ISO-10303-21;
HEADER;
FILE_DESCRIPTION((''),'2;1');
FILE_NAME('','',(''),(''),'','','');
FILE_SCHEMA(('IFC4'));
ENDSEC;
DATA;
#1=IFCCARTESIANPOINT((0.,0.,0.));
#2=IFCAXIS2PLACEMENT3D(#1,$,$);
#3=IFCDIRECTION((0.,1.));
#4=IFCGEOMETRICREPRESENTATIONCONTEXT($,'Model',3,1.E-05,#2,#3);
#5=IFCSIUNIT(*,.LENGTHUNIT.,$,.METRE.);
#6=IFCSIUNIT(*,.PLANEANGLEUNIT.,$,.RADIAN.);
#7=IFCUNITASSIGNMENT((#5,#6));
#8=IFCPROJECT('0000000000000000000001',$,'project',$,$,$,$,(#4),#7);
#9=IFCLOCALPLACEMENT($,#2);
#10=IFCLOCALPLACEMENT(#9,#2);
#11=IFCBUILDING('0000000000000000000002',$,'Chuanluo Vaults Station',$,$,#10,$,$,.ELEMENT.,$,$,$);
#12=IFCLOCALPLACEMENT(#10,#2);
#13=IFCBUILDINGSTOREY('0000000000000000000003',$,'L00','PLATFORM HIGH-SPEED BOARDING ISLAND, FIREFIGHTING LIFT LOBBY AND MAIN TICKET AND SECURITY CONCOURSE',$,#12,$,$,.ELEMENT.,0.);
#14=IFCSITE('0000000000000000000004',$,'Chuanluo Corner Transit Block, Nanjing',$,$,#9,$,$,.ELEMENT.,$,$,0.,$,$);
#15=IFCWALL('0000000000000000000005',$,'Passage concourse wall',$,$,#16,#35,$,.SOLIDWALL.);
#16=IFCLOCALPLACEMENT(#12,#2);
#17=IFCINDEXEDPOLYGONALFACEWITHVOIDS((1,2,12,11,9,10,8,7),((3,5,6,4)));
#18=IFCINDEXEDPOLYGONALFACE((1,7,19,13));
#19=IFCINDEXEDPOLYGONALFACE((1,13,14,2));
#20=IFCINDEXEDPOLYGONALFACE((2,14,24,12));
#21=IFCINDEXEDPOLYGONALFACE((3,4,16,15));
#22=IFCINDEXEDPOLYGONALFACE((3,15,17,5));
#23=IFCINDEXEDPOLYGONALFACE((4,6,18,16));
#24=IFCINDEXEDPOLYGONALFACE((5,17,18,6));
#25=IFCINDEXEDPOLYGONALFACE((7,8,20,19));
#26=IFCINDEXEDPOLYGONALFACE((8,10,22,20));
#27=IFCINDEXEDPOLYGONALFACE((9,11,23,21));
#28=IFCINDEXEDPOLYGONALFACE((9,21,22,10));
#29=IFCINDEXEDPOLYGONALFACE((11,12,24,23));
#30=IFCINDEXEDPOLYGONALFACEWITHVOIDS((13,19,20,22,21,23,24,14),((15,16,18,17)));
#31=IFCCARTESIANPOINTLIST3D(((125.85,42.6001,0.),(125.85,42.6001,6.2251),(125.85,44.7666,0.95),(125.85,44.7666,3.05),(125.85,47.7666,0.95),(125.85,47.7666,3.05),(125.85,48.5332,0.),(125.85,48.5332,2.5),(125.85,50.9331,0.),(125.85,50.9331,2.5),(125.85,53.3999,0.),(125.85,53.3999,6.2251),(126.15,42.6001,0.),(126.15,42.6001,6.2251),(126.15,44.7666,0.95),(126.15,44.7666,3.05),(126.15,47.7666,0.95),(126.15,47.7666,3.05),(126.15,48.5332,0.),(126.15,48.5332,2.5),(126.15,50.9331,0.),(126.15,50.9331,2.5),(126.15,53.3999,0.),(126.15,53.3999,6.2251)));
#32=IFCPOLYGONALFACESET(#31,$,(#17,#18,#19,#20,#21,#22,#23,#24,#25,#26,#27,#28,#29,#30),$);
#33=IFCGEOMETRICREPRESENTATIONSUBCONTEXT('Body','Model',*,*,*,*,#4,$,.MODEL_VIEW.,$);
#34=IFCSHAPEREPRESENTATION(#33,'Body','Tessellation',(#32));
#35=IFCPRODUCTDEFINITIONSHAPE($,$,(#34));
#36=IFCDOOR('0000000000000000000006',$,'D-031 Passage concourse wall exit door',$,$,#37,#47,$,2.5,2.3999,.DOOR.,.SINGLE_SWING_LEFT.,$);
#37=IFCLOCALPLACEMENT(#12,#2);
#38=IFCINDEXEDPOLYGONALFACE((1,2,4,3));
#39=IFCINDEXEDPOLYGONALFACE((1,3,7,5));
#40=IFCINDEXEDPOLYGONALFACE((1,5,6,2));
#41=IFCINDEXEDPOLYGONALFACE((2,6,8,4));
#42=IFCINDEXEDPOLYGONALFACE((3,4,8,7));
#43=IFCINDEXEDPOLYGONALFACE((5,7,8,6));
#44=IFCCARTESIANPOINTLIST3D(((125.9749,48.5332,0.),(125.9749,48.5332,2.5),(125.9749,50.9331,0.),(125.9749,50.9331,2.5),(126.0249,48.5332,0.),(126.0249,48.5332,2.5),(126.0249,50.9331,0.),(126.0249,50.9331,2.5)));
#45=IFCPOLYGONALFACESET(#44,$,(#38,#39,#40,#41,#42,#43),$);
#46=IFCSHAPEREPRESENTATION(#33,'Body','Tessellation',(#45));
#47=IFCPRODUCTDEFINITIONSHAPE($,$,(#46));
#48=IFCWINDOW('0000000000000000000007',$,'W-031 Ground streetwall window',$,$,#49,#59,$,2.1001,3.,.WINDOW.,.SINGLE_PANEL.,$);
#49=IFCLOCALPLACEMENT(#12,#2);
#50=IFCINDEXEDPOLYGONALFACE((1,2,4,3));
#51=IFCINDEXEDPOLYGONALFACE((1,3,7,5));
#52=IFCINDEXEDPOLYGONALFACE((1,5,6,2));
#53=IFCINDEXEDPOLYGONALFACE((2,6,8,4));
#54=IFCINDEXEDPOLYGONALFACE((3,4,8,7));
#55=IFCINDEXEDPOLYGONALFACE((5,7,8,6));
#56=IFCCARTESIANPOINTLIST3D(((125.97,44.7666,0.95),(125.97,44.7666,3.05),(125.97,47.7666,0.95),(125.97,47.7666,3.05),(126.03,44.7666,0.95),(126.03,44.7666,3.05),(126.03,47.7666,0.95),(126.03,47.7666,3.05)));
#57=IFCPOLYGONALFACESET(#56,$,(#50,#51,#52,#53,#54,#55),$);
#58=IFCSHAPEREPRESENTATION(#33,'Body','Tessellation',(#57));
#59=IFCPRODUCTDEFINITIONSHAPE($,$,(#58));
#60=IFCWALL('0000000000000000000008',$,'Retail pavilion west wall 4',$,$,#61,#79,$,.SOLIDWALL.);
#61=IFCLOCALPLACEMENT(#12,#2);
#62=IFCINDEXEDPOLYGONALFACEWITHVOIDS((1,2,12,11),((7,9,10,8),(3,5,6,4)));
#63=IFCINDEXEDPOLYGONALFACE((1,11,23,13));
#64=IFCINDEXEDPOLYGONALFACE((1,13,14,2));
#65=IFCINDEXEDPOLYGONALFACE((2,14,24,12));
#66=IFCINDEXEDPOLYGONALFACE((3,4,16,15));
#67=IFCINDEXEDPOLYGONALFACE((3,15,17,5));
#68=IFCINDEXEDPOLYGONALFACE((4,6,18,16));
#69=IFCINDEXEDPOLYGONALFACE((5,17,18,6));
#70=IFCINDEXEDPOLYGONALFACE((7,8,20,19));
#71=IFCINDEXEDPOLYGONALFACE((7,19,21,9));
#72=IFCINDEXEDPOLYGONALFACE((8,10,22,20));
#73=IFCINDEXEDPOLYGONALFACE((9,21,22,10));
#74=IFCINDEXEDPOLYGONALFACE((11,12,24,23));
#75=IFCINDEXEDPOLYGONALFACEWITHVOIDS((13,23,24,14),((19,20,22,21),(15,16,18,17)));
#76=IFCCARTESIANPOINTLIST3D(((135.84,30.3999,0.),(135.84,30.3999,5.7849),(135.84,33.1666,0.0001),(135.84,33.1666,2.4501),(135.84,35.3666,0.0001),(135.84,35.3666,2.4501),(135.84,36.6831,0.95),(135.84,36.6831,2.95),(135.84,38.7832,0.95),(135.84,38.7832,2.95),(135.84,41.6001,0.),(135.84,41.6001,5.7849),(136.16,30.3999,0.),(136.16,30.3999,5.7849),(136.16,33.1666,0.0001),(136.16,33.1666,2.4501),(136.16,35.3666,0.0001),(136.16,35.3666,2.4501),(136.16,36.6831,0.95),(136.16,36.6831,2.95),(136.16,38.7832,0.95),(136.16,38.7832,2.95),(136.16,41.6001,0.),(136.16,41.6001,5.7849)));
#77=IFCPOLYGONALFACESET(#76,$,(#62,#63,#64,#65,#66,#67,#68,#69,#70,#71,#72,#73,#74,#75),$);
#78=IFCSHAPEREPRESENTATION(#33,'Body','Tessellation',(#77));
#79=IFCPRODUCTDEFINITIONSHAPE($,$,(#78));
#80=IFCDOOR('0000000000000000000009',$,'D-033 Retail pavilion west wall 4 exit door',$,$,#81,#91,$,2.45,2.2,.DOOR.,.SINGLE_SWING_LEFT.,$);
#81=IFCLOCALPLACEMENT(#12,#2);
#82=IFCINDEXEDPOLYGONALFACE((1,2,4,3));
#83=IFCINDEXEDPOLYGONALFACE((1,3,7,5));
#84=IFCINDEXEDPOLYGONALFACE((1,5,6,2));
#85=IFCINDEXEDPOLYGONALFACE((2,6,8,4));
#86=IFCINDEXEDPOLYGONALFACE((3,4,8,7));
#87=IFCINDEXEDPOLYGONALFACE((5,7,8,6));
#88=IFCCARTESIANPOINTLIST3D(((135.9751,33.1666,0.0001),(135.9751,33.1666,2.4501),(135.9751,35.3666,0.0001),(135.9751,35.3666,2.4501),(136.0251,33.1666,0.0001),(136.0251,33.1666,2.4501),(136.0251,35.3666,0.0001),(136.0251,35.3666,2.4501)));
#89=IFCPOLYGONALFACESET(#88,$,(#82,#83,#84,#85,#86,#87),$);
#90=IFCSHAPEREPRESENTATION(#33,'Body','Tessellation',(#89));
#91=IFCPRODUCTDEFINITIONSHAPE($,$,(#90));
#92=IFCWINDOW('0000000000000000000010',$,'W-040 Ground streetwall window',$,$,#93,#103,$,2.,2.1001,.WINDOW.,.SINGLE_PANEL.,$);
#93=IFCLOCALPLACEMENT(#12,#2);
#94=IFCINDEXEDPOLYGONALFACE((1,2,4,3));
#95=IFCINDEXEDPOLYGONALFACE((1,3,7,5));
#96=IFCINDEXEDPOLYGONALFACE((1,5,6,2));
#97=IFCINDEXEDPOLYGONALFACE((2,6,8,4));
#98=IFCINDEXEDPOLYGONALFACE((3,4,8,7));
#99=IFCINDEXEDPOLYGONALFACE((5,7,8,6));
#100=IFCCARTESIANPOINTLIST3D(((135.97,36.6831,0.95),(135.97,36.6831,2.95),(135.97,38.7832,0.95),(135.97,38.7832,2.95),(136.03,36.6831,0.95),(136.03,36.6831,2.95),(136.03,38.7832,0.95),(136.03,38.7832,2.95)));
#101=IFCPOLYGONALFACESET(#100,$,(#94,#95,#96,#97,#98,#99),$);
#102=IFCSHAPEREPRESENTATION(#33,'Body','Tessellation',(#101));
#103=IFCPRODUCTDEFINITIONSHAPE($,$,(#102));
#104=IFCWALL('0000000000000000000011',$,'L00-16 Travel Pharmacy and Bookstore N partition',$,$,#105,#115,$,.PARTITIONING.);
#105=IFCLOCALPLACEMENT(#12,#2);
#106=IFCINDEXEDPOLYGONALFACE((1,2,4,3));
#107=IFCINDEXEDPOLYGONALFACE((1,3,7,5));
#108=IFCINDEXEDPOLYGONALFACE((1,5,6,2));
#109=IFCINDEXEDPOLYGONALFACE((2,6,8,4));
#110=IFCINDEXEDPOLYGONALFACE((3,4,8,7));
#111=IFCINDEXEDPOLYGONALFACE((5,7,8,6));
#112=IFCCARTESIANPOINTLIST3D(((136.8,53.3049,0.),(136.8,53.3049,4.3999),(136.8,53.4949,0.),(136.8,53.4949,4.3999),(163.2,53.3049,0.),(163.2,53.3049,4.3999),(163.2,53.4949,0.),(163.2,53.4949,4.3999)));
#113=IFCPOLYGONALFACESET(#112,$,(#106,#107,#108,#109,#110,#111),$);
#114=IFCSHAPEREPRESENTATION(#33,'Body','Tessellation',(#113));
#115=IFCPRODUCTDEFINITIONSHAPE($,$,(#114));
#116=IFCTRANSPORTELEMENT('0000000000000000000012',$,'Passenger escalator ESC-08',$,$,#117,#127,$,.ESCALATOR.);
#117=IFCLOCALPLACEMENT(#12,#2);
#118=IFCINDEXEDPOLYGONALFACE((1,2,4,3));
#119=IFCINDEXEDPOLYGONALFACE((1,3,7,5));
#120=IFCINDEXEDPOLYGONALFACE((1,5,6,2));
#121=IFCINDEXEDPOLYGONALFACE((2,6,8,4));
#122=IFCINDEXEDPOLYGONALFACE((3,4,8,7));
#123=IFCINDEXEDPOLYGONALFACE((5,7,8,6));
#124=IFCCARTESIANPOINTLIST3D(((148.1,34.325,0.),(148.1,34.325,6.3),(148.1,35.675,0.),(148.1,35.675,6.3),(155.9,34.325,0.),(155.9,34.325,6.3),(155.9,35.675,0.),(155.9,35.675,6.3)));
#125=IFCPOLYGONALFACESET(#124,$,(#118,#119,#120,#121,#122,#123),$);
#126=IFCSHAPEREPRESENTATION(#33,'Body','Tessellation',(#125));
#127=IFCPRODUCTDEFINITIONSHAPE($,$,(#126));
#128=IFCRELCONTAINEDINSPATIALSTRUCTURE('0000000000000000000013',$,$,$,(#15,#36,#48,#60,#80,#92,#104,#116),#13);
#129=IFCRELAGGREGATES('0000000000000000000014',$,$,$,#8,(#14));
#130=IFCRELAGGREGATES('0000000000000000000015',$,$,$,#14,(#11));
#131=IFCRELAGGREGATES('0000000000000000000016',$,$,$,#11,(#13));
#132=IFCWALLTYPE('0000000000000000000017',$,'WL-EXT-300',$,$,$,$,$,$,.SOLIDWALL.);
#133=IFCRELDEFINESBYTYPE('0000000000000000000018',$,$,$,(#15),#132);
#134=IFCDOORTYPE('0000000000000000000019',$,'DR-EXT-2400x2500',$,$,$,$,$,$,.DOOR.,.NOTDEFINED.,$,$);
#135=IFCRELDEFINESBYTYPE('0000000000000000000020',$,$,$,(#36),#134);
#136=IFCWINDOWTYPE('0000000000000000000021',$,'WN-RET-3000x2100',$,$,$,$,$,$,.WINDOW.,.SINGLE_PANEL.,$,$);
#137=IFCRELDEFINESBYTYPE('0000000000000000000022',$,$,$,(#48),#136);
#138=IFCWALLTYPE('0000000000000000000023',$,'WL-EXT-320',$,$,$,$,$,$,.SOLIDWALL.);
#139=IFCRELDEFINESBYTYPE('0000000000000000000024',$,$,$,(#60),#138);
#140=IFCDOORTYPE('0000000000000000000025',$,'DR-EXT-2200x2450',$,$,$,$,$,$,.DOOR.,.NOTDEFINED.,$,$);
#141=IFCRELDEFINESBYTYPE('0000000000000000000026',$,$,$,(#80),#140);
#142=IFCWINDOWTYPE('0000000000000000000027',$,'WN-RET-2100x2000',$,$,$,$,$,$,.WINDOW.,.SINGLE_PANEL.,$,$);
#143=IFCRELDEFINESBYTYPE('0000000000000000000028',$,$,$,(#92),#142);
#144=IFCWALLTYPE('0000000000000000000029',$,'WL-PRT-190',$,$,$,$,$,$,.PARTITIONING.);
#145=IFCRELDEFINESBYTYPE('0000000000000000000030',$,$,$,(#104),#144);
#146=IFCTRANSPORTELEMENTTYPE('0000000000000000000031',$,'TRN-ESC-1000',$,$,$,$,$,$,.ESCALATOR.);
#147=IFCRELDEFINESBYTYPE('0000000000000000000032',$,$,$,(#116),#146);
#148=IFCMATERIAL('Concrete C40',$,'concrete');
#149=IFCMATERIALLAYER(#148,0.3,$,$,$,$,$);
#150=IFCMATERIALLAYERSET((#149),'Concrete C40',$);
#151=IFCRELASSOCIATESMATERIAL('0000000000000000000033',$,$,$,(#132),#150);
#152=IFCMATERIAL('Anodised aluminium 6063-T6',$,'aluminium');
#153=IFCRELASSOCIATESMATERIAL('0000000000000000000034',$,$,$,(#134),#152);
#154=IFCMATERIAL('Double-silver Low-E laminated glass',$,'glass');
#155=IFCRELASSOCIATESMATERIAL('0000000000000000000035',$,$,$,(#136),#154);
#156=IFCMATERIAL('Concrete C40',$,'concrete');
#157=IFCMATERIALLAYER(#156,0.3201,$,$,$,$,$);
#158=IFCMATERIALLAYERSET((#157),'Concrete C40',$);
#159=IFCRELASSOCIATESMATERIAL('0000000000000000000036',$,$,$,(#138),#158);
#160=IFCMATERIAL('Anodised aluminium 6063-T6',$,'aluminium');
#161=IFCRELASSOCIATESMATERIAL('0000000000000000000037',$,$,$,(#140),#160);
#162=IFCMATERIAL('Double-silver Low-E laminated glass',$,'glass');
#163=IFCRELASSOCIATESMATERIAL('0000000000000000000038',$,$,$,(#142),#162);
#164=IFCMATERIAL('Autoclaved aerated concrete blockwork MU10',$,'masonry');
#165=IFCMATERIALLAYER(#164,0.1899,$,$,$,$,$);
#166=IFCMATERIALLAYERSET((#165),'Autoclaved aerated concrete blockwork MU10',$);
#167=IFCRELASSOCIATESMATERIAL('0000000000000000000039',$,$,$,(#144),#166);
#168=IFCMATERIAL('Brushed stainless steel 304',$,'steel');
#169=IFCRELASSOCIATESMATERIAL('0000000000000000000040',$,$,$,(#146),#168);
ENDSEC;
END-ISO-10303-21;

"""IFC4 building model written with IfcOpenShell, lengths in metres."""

from ifc_helpers import new_model, si_unit, direction, frame, frame_2d, origin, origin_2d, place, context, subcontext, project, spatial, rectangle, extrude, material, layer, layer_set, type_object, element, fill, save


model = new_model("IFC4")

# Units and contexts
model_context = context("Model", 3, precision=1e-05, world=origin(), true_north=direction((0.0, 1.0)))
body_context = subcontext(model_context, "Body", "Model", "MODEL_VIEW")
ifc_project = project(units=[si_unit("LENGTHUNIT", "METRE"), si_unit("PLANEANGLEUNIT", "RADIAN")], contexts=[model_context])

# Site, building, storey
site_placement = place(None, origin())
site = spatial("IfcSite", under=ifc_project, at=site_placement, Name="Chuanluo Corner Transit Block, Nanjing", CompositionType="ELEMENT", RefElevation=0.0)
building_placement = place(site_placement, origin())
building = spatial("IfcBuilding", under=site, at=building_placement, Name="Chuanluo Vaults Station", CompositionType="ELEMENT")
storey_placement = place(building_placement, origin())
storey = spatial("IfcBuildingStorey", under=building, at=storey_placement, Name="L00", Description="PLATFORM HIGH-SPEED BOARDING ISLAND, FIREFIGHTING LIFT LOBBY AND MAIN TICKET AND SECURITY CONCOURSE", CompositionType="ELEMENT", Elevation=0.0)

# Walls, openings, doors, windows
ifc_material_1 = material(Name="Concrete C40", Category="concrete")
ifc_layer_1 = layer(ifc_material_1, 0.3)
ifc_layer_set_1 = layer_set([ifc_layer_1], Name="Concrete C40")
wall_type_1 = type_object("IfcWallType", Name="WL-EXT-300", PredefinedType="SOLIDWALL", material=ifc_layer_set_1)
wall_1_placement = place(storey_placement, frame((126.0, 53.3999, 0.0), z_axis=(0.0, 0.0, 1.0), x_axis=(0.0, -1.0, 0.0)))
wall_1 = element("IfcWall", 1, at=wall_1_placement, inside=storey, type_object=wall_type_1, Name="Passage concourse wall", PredefinedType="SOLIDWALL", context=body_context, shape_type="SweptSolid", body=[
    extrude(rectangle(XDim=10.7998, YDim=0.3, at=frame_2d((5.3999, 0.0))), origin(), (0.0, 0.0, 1.0), 6.2251),
])
opening_1_placement = place(wall_1_placement, frame((2.4668, 0.0, 0.0)))
opening_1 = element("IfcOpeningElement", 2, at=opening_1_placement, cuts=wall_1, PredefinedType="OPENING", context=body_context, shape_type="SweptSolid", body=[
    extrude(rectangle(XDim=2.3999, YDim=2.5, at=frame_2d((1.2, 1.25))), frame((0.0, 0.1599, 0.0), z_axis=(0.0, -1.0, 0.0), x_axis=(1.0, 0.0, 0.0)), (0.0, 0.0, 1.0), 0.3201),
])
opening_2_placement = place(wall_1_placement, frame((5.6333, 0.0, 0.95)))
opening_2 = element("IfcOpeningElement", 3, at=opening_2_placement, cuts=wall_1, PredefinedType="OPENING", context=body_context, shape_type="SweptSolid", body=[
    extrude(rectangle(XDim=3.0, YDim=2.1001, at=frame_2d((1.5, 1.05))), frame((0.0, 0.1599, 0.0), z_axis=(0.0, -1.0, 0.0), x_axis=(1.0, 0.0, 0.0)), (0.0, 0.0, 1.0), 0.3201),
])
ifc_material_2 = material(Name="Anodised aluminium 6063-T6", Category="aluminium")
door_type_1 = type_object("IfcDoorType", Name="DR-EXT-2400x2500", OperationType="NOTDEFINED", PredefinedType="DOOR", material=ifc_material_2)
door_1_placement = place(opening_1_placement, origin())
door_1 = element("IfcDoor", 4, at=door_1_placement, inside=storey, type_object=door_type_1, Name="D-031 Passage concourse wall exit door", OperationType="SINGLE_SWING_LEFT", OverallHeight=2.5, OverallWidth=2.3999, PredefinedType="DOOR", context=body_context, shape_type="SweptSolid", body=[
    extrude(rectangle(XDim=2.3999, YDim=2.5, at=frame_2d((1.2, 1.25))), frame((0.0, 0.0249, 0.0), z_axis=(0.0, -1.0, 0.0), x_axis=(1.0, 0.0, 0.0)), (0.0, 0.0, 1.0), 0.05),
])
fill(opening_1, door_1)
ifc_material_3 = material(Name="Double-silver Low-E laminated glass", Category="glass")
window_type_1 = type_object("IfcWindowType", Name="WN-RET-3000x2100", PartitioningType="SINGLE_PANEL", PredefinedType="WINDOW", material=ifc_material_3)
window_1_placement = place(opening_2_placement, origin())
window_1 = element("IfcWindow", 5, at=window_1_placement, inside=storey, type_object=window_type_1, Name="W-031 Ground streetwall window", OverallHeight=2.1001, OverallWidth=3.0, PartitioningType="SINGLE_PANEL", PredefinedType="WINDOW", context=body_context, shape_type="SweptSolid", body=[
    extrude(rectangle(XDim=3.0, YDim=2.1001, at=frame_2d((1.5, 1.05))), frame((0.0, 0.03, 0.0), z_axis=(0.0, -1.0, 0.0), x_axis=(1.0, 0.0, 0.0)), (0.0, 0.0, 1.0), 0.0601),
])
fill(opening_2, window_1)
ifc_material_4 = material(Name="Concrete C40", Category="concrete")
ifc_layer_2 = layer(ifc_material_4, 0.3201)
ifc_layer_set_2 = layer_set([ifc_layer_2], Name="Concrete C40")
wall_type_2 = type_object("IfcWallType", Name="WL-EXT-320", PredefinedType="SOLIDWALL", material=ifc_layer_set_2)
wall_2_placement = place(storey_placement, frame((136.0, 30.3999, 0.0), z_axis=(0.0, 0.0, 1.0), x_axis=(0.0, 1.0, 0.0)))
wall_2 = element("IfcWall", 6, at=wall_2_placement, inside=storey, type_object=wall_type_2, Name="Retail pavilion west wall 4", PredefinedType="SOLIDWALL", context=body_context, shape_type="SweptSolid", body=[
    extrude(rectangle(XDim=11.2002, YDim=0.3201, at=frame_2d((5.6001, 0.0))), origin(), (0.0, 0.0, 1.0), 5.7849),
])
opening_3_placement = place(wall_2_placement, frame((2.7666, 0.0, 0.0)))
opening_3 = element("IfcOpeningElement", 7, at=opening_3_placement, cuts=wall_2, PredefinedType="OPENING", context=body_context, shape_type="SweptSolid", body=[
    extrude(rectangle(XDim=2.2, YDim=2.45, at=frame_2d((1.1001, 1.2251))), frame((0.0, 0.1702, 0.0), z_axis=(0.0, -1.0, 0.0), x_axis=(1.0, 0.0, 0.0)), (0.0, 0.0, 1.0), 0.3401),
])
opening_4_placement = place(wall_2_placement, frame((6.2832, 0.0, 0.95)))
opening_4 = element("IfcOpeningElement", 8, at=opening_4_placement, cuts=wall_2, PredefinedType="OPENING", context=body_context, shape_type="SweptSolid", body=[
    extrude(rectangle(XDim=2.1001, YDim=2.0, at=frame_2d((1.05, 1.0))), frame((0.0, 0.1702, 0.0), z_axis=(0.0, -1.0, 0.0), x_axis=(1.0, 0.0, 0.0)), (0.0, 0.0, 1.0), 0.3401),
])
ifc_material_5 = material(Name="Anodised aluminium 6063-T6", Category="aluminium")
door_type_2 = type_object("IfcDoorType", Name="DR-EXT-2200x2450", OperationType="NOTDEFINED", PredefinedType="DOOR", material=ifc_material_5)
door_2_placement = place(opening_3_placement, origin())
door_2 = element("IfcDoor", 9, at=door_2_placement, inside=storey, type_object=door_type_2, Name="D-033 Retail pavilion west wall 4 exit door", OperationType="SINGLE_SWING_LEFT", OverallHeight=2.45, OverallWidth=2.2, PredefinedType="DOOR", context=body_context, shape_type="SweptSolid", body=[
    extrude(rectangle(XDim=2.2, YDim=2.45, at=frame_2d((1.1001, 1.2251))), frame((0.0, 0.0249, 0.0), z_axis=(0.0, -1.0, 0.0), x_axis=(1.0, 0.0, 0.0)), (0.0, 0.0, 1.0), 0.05),
])
fill(opening_3, door_2)
ifc_material_6 = material(Name="Double-silver Low-E laminated glass", Category="glass")
window_type_2 = type_object("IfcWindowType", Name="WN-RET-2100x2000", PartitioningType="SINGLE_PANEL", PredefinedType="WINDOW", material=ifc_material_6)
window_2_placement = place(opening_4_placement, origin())
window_2 = element("IfcWindow", 10, at=window_2_placement, inside=storey, type_object=window_type_2, Name="W-040 Ground streetwall window", OverallHeight=2.0, OverallWidth=2.1001, PartitioningType="SINGLE_PANEL", PredefinedType="WINDOW", context=body_context, shape_type="SweptSolid", body=[
    extrude(rectangle(XDim=2.1001, YDim=2.0, at=frame_2d((1.05, 1.0))), frame((0.0, 0.03, 0.0), z_axis=(0.0, -1.0, 0.0), x_axis=(1.0, 0.0, 0.0)), (0.0, 0.0, 1.0), 0.0601),
])
fill(opening_4, window_2)

# Wall
ifc_material_7 = material(Name="Autoclaved aerated concrete blockwork MU10", Category="masonry")
ifc_layer_3 = layer(ifc_material_7, 0.1899)
ifc_layer_set_3 = layer_set([ifc_layer_3], Name="Autoclaved aerated concrete blockwork MU10")
wall_type_3 = type_object("IfcWallType", Name="WL-PRT-190", PredefinedType="PARTITIONING", material=ifc_layer_set_3)
wall_3_placement = place(storey_placement, frame((136.8, 53.3999, 0.0), z_axis=(0.0, 0.0, 1.0), x_axis=(1.0, 0.0, 0.0)))
element("IfcWall", 11, at=wall_3_placement, inside=storey, type_object=wall_type_3, Name="L00-16 Travel Pharmacy and Bookstore N partition", PredefinedType="PARTITIONING", context=body_context, shape_type="SweptSolid", body=[
    extrude(rectangle(XDim=26.3999, YDim=0.1899, at=frame_2d((13.2, 0.0))), origin(), (0.0, 0.0, 1.0), 4.3999),
])

# Transport element
ifc_material_8 = material(Name="Brushed stainless steel 304", Category="steel")
transport_element_type = type_object("IfcTransportElementType", Name="TRN-ESC-1000", PredefinedType="ESCALATOR", material=ifc_material_8)
transport_element_placement = place(storey_placement, frame((152.0, 35.0, 0.0), z_axis=(0.0, 0.0, 1.0), x_axis=(1.0, 0.0, 0.0)))
element("IfcTransportElement", 12, at=transport_element_placement, inside=storey, type_object=transport_element_type, Name="Passenger escalator ESC-08", PredefinedType="ESCALATOR", context=body_context, shape_type="SweptSolid", body=[
    extrude(rectangle(XDim=7.8, YDim=1.3501, at=origin_2d()), origin(), (0.0, 0.0, 1.0), 6.3),
])

save(model, "model.ifc")
